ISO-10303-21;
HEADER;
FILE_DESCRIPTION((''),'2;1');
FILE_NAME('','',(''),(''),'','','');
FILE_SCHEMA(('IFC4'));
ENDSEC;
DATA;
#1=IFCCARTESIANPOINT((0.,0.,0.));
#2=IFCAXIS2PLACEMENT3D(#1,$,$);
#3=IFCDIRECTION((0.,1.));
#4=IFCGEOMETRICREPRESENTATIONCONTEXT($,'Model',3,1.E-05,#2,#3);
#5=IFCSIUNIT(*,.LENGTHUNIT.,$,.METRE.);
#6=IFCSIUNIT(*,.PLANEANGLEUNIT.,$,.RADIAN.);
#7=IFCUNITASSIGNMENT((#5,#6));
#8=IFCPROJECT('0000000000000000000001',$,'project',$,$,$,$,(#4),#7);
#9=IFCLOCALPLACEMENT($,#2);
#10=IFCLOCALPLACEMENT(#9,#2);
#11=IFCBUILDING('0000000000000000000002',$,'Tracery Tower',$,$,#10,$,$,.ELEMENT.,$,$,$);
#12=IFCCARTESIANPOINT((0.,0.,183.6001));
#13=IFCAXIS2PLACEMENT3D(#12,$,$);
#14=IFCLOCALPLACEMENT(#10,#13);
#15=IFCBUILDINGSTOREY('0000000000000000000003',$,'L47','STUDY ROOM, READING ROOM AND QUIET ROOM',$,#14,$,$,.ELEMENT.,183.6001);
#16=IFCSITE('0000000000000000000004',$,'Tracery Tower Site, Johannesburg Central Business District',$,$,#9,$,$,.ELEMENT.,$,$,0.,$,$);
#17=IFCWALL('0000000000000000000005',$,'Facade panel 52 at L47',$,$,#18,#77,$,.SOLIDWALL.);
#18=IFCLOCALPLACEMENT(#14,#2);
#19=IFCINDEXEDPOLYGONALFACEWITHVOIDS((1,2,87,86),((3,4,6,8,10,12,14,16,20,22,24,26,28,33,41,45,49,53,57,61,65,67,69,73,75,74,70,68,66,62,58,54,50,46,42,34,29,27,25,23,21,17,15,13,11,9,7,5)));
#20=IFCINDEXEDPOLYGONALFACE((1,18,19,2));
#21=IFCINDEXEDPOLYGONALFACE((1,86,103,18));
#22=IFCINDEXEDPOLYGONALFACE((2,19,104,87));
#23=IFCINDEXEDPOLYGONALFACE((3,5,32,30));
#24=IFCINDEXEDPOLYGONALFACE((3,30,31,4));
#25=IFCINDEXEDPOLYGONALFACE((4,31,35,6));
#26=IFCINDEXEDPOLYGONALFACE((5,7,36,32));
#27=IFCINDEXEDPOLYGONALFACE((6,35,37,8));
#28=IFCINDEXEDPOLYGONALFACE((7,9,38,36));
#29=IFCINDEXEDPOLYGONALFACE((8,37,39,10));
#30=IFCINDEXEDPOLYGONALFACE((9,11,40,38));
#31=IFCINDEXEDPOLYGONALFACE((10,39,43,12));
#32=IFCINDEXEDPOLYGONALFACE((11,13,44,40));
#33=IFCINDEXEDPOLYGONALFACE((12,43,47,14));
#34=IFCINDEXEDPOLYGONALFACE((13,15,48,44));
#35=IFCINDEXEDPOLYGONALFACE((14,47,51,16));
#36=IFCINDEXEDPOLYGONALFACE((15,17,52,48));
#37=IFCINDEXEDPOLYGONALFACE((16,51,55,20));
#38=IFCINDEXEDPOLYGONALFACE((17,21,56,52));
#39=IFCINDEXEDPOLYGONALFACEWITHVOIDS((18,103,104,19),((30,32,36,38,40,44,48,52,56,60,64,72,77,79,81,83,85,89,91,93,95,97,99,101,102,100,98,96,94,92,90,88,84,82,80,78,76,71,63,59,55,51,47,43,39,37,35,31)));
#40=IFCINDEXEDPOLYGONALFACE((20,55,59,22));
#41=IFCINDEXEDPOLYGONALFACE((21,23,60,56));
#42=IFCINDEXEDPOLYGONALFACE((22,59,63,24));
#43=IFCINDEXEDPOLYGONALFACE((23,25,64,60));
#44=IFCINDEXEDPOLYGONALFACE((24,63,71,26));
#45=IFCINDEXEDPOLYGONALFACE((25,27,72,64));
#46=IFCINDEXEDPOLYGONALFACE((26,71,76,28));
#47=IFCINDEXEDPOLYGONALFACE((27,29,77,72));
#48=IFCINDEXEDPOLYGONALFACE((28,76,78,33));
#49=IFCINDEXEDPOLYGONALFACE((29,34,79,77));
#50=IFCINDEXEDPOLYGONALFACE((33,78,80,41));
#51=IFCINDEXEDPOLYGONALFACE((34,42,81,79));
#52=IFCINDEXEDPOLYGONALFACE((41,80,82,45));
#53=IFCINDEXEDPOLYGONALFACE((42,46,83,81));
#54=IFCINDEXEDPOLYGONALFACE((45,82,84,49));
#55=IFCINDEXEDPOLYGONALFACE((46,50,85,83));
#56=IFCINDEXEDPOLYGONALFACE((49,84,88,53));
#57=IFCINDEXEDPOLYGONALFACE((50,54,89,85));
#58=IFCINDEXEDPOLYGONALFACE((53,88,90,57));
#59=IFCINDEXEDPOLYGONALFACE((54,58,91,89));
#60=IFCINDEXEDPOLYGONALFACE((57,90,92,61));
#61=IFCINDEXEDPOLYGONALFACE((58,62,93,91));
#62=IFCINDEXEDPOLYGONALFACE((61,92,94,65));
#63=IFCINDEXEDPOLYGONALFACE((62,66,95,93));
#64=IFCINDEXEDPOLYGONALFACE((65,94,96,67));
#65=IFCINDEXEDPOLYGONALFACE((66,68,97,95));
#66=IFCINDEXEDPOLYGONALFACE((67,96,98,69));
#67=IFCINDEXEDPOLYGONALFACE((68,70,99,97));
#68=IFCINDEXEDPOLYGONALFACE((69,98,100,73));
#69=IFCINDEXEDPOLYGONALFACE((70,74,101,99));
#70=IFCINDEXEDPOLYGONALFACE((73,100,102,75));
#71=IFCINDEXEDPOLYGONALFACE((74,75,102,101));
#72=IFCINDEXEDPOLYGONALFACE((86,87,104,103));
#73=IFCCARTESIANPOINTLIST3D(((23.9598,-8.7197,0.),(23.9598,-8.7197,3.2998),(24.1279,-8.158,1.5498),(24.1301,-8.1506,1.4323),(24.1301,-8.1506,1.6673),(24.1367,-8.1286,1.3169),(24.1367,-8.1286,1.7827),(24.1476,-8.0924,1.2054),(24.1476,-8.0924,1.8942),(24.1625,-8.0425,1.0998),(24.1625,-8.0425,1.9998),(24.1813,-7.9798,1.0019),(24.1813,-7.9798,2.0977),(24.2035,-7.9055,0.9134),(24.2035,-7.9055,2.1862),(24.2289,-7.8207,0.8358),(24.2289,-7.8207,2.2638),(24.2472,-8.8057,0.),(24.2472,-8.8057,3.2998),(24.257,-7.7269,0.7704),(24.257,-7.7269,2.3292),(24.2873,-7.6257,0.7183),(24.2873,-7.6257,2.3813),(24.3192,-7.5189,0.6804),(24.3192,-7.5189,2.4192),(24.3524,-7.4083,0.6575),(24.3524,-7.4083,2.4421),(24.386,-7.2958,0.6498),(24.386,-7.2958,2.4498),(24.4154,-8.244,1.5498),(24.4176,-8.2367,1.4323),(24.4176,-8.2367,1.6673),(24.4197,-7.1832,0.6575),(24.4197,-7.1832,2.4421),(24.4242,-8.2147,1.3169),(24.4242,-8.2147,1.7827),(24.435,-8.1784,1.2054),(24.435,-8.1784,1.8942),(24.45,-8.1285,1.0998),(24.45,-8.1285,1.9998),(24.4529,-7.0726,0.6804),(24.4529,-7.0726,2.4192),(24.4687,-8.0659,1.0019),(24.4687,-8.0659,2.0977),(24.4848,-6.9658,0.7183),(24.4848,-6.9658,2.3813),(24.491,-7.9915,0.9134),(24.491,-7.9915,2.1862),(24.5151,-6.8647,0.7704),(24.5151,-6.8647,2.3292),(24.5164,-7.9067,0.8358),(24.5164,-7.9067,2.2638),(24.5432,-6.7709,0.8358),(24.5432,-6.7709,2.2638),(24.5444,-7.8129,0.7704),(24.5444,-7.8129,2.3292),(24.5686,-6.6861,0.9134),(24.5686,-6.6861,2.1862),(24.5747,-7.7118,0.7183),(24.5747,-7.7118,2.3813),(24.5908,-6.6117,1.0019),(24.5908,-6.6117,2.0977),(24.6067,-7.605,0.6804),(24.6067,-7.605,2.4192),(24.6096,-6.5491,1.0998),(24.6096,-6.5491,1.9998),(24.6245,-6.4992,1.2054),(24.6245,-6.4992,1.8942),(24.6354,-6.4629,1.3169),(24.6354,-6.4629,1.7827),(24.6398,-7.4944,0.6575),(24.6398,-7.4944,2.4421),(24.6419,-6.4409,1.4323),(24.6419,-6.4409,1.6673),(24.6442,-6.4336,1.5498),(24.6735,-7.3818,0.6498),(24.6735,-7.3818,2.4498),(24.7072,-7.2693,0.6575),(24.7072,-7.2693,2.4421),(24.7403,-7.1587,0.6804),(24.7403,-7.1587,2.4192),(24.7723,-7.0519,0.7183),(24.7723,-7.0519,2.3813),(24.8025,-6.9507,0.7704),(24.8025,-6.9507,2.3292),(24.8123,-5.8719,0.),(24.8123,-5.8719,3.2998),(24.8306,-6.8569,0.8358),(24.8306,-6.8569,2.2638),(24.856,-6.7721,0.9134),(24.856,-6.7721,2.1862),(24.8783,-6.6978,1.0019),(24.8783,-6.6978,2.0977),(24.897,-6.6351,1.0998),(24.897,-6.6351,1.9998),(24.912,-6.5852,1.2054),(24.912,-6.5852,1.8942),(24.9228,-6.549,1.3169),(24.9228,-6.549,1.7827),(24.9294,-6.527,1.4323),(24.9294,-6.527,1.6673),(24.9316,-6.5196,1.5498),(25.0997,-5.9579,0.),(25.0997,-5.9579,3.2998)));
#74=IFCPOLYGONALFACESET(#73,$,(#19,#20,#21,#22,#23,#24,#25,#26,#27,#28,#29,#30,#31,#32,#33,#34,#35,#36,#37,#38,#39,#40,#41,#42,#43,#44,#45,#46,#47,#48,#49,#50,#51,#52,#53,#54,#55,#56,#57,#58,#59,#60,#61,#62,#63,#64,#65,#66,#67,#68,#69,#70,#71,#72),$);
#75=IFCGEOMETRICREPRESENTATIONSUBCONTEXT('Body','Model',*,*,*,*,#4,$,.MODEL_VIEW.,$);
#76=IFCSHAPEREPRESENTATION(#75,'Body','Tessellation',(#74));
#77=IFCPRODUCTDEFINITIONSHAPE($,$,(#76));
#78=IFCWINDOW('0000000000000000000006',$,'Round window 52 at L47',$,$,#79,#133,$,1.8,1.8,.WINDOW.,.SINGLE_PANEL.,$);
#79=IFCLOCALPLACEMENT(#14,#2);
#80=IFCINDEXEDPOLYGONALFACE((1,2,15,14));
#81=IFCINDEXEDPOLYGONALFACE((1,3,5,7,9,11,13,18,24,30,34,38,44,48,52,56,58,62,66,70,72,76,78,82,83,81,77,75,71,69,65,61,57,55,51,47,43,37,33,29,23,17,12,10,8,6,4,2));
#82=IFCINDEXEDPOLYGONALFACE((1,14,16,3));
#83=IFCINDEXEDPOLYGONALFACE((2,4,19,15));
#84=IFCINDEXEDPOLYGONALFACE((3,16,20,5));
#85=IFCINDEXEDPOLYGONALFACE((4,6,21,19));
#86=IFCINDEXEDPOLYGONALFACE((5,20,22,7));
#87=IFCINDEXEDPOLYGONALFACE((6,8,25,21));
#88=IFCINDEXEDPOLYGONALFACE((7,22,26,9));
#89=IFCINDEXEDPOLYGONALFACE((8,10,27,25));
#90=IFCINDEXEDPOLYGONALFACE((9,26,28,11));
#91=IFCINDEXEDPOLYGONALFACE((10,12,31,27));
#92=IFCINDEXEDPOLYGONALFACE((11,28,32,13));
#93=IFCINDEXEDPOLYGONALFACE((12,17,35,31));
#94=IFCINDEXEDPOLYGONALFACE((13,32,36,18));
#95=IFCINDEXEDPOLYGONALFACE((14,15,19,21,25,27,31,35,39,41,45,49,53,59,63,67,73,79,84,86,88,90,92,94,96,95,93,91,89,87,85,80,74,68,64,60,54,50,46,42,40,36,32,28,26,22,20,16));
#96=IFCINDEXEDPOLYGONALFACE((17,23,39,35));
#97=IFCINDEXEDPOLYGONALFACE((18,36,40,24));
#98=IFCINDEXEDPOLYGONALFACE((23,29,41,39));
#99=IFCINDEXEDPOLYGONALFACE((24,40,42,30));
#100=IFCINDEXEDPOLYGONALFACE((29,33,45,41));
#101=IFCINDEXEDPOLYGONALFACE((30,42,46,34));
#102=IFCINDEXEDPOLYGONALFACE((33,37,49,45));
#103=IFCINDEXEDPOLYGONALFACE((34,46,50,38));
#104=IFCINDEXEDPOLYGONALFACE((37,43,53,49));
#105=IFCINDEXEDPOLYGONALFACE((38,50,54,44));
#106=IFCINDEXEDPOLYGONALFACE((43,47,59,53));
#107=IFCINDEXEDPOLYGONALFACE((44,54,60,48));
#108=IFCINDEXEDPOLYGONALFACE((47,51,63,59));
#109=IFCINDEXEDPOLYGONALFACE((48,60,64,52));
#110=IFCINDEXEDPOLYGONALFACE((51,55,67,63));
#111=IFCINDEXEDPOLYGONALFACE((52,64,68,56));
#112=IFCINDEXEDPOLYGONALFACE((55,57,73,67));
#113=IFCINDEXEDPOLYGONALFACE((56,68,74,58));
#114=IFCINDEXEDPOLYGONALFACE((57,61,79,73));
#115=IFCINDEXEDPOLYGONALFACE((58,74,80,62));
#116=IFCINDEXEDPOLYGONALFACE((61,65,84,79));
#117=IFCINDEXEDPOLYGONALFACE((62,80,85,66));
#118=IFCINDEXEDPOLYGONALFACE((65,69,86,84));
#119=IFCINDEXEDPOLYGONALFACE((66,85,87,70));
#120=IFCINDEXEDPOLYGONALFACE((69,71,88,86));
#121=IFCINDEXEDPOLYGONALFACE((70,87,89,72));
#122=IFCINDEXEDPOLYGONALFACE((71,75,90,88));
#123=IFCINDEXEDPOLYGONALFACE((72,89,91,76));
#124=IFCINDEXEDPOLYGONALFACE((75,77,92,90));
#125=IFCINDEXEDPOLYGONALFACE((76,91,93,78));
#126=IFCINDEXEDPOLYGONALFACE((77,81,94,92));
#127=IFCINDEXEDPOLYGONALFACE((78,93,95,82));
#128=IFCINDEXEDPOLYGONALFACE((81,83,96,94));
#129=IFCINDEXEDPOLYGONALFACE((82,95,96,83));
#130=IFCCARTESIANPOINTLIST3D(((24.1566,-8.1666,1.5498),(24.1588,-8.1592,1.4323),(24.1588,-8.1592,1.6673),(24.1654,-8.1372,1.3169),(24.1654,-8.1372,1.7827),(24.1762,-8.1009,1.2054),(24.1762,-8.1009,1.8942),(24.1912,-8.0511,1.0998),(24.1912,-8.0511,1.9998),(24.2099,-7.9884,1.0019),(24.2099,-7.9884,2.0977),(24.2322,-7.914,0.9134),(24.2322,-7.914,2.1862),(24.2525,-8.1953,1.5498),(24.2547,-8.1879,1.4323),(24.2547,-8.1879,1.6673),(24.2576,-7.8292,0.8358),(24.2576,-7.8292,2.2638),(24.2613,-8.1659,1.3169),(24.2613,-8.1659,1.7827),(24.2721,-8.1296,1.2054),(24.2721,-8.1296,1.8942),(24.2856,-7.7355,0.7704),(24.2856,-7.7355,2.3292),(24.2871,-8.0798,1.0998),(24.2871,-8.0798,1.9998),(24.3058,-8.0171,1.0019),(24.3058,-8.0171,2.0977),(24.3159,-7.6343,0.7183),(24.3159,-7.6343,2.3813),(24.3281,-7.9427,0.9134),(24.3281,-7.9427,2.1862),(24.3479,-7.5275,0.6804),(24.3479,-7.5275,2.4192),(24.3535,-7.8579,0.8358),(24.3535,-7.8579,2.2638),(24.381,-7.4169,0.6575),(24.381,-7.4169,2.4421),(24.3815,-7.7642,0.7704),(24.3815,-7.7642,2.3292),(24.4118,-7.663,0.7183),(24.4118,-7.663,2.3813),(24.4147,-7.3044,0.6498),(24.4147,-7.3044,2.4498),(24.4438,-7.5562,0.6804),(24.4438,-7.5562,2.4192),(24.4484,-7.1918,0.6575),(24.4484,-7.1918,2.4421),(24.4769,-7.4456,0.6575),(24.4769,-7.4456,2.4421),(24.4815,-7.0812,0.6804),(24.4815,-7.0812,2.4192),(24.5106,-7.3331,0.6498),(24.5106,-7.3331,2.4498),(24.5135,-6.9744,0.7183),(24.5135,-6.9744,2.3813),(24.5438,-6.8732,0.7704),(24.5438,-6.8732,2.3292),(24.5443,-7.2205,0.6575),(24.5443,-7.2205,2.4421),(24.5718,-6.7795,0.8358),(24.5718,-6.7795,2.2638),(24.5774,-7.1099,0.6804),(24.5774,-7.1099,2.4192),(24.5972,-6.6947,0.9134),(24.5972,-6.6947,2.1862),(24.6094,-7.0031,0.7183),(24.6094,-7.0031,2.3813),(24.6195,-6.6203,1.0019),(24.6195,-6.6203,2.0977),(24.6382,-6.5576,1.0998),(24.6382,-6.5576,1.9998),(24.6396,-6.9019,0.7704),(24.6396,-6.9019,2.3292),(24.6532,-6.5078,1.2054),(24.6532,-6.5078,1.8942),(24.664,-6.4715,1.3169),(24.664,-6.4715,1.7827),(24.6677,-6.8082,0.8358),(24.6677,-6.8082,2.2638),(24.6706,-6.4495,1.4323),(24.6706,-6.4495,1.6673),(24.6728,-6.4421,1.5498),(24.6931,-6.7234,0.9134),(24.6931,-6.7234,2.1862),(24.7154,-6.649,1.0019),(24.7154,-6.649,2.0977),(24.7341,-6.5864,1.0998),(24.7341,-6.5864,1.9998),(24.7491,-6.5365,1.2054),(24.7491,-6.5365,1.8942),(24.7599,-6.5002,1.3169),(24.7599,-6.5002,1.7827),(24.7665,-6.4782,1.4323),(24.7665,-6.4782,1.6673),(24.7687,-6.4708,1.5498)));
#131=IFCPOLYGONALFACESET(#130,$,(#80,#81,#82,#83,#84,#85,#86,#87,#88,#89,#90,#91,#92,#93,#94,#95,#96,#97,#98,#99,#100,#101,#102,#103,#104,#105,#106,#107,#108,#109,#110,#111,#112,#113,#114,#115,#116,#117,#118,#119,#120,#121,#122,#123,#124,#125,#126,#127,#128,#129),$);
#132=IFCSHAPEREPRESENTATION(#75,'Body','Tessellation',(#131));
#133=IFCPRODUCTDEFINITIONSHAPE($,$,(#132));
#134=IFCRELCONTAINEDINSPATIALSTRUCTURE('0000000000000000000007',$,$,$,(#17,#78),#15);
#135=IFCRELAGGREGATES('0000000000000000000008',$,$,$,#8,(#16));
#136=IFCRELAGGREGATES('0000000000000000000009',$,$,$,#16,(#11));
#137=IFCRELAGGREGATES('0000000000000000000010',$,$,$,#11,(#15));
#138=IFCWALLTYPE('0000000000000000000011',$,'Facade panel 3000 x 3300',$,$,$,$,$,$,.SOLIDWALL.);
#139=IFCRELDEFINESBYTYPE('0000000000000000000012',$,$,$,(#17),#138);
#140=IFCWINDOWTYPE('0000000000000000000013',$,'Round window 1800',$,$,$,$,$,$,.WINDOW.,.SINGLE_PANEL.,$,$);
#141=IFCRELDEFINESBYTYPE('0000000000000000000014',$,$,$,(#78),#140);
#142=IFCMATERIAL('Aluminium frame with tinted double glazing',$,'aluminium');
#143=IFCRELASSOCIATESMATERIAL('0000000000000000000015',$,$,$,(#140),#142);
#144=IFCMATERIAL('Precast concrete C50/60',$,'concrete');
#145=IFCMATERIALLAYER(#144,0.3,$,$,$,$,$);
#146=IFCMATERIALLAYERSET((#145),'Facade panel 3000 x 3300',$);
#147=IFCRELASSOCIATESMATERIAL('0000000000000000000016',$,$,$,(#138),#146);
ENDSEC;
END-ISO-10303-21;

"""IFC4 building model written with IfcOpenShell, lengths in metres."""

from ifc_helpers import new_model, si_unit, direction, frame, frame_2d, origin, origin_2d, place, context, subcontext, project, spatial, rectangle, circle, extrude, material, layer, layer_set, type_object, element, fill, save


model = new_model("IFC4")

# Units and contexts
model_context = context("Model", 3, precision=1e-05, world=origin(), true_north=direction((0.0, 1.0)))
body_context = subcontext(model_context, "Body", "Model", "MODEL_VIEW")
ifc_project = project(units=[si_unit("LENGTHUNIT", "METRE"), si_unit("PLANEANGLEUNIT", "RADIAN")], contexts=[model_context])

# Site, building, storey
site_placement = place(None, origin())
site = spatial("IfcSite", under=ifc_project, at=site_placement, Name="Tracery Tower Site, Johannesburg Central Business District", CompositionType="ELEMENT", RefElevation=0.0)
building_placement = place(site_placement, origin())
building = spatial("IfcBuilding", under=site, at=building_placement, Name="Tracery Tower", CompositionType="ELEMENT")
storey_placement = place(building_placement, frame((0.0, 0.0, 183.6001)))
storey = spatial("IfcBuildingStorey", under=building, at=storey_placement, Name="L47", Description="STUDY ROOM, READING ROOM AND QUIET ROOM", CompositionType="ELEMENT", Elevation=183.6001)

# Wall, opening, window
ifc_material_1 = material(Name="Aluminium frame with tinted double glazing", Category="aluminium")
window_type = type_object("IfcWindowType", Name="Round window 1800", PartitioningType="SINGLE_PANEL", PredefinedType="WINDOW", material=ifc_material_1)
ifc_material_2 = material(Name="Precast concrete C50/60", Category="concrete")
ifc_layer_1 = layer(ifc_material_2, 0.3)
ifc_layer_set_1 = layer_set([ifc_layer_1], Name="Facade panel 3000 x 3300")
wall_type_1 = type_object("IfcWallType", Name="Facade panel 3000 x 3300", PredefinedType="SOLIDWALL", material=ifc_layer_set_1)
wall_1_placement = place(storey_placement, frame((24.1035, -8.7627, 0.0), z_axis=(0.0, 0.0, 1.0), x_axis=(0.286783, 0.957996, 0.0)))
wall_1 = element("IfcWall", 1, at=wall_1_placement, inside=storey, type_object=wall_type_1, Name="Facade panel 52 at L47", PredefinedType="SOLIDWALL", context=body_context, shape_type="SweptSolid", body=[
    extrude(rectangle(XDim=2.9727, YDim=0.3, at=frame_2d((1.4863, 0.0))), origin(), (0.0, 0.0, 1.0), 3.2998),
])
opening_1_placement = place(wall_1_placement, frame((1.4863, 0.0, 1.5498)))
opening_1 = element("IfcOpeningElement", 2, at=opening_1_placement, cuts=wall_1, PredefinedType="OPENING", context=body_context, shape_type="SweptSolid", body=[
    extrude(circle(Radius=0.9, at=origin_2d()), frame((0.0, 0.1599, 0.0), z_axis=(0.0, -1.0, 0.0), x_axis=(1.0, 0.0, 0.0)), (0.0, 0.0, 1.0), 0.3201),
])
window_1_placement = place(opening_1_placement, origin())
window_1 = element("IfcWindow", 3, at=window_1_placement, inside=storey, type_object=window_type, Name="Round window 52 at L47", OverallHeight=1.8, OverallWidth=1.8, PartitioningType="SINGLE_PANEL", PredefinedType="WINDOW", context=body_context, shape_type="SweptSolid", body=[
    extrude(circle(Radius=0.9, at=origin_2d()), frame((0.0, 0.1201, 0.0), z_axis=(0.0, -1.0, 0.0), x_axis=(1.0, 0.0, 0.0)), (0.0, 0.0, 1.0), 0.1001),
])
fill(opening_1, window_1)

save(model, "model.ifc")
